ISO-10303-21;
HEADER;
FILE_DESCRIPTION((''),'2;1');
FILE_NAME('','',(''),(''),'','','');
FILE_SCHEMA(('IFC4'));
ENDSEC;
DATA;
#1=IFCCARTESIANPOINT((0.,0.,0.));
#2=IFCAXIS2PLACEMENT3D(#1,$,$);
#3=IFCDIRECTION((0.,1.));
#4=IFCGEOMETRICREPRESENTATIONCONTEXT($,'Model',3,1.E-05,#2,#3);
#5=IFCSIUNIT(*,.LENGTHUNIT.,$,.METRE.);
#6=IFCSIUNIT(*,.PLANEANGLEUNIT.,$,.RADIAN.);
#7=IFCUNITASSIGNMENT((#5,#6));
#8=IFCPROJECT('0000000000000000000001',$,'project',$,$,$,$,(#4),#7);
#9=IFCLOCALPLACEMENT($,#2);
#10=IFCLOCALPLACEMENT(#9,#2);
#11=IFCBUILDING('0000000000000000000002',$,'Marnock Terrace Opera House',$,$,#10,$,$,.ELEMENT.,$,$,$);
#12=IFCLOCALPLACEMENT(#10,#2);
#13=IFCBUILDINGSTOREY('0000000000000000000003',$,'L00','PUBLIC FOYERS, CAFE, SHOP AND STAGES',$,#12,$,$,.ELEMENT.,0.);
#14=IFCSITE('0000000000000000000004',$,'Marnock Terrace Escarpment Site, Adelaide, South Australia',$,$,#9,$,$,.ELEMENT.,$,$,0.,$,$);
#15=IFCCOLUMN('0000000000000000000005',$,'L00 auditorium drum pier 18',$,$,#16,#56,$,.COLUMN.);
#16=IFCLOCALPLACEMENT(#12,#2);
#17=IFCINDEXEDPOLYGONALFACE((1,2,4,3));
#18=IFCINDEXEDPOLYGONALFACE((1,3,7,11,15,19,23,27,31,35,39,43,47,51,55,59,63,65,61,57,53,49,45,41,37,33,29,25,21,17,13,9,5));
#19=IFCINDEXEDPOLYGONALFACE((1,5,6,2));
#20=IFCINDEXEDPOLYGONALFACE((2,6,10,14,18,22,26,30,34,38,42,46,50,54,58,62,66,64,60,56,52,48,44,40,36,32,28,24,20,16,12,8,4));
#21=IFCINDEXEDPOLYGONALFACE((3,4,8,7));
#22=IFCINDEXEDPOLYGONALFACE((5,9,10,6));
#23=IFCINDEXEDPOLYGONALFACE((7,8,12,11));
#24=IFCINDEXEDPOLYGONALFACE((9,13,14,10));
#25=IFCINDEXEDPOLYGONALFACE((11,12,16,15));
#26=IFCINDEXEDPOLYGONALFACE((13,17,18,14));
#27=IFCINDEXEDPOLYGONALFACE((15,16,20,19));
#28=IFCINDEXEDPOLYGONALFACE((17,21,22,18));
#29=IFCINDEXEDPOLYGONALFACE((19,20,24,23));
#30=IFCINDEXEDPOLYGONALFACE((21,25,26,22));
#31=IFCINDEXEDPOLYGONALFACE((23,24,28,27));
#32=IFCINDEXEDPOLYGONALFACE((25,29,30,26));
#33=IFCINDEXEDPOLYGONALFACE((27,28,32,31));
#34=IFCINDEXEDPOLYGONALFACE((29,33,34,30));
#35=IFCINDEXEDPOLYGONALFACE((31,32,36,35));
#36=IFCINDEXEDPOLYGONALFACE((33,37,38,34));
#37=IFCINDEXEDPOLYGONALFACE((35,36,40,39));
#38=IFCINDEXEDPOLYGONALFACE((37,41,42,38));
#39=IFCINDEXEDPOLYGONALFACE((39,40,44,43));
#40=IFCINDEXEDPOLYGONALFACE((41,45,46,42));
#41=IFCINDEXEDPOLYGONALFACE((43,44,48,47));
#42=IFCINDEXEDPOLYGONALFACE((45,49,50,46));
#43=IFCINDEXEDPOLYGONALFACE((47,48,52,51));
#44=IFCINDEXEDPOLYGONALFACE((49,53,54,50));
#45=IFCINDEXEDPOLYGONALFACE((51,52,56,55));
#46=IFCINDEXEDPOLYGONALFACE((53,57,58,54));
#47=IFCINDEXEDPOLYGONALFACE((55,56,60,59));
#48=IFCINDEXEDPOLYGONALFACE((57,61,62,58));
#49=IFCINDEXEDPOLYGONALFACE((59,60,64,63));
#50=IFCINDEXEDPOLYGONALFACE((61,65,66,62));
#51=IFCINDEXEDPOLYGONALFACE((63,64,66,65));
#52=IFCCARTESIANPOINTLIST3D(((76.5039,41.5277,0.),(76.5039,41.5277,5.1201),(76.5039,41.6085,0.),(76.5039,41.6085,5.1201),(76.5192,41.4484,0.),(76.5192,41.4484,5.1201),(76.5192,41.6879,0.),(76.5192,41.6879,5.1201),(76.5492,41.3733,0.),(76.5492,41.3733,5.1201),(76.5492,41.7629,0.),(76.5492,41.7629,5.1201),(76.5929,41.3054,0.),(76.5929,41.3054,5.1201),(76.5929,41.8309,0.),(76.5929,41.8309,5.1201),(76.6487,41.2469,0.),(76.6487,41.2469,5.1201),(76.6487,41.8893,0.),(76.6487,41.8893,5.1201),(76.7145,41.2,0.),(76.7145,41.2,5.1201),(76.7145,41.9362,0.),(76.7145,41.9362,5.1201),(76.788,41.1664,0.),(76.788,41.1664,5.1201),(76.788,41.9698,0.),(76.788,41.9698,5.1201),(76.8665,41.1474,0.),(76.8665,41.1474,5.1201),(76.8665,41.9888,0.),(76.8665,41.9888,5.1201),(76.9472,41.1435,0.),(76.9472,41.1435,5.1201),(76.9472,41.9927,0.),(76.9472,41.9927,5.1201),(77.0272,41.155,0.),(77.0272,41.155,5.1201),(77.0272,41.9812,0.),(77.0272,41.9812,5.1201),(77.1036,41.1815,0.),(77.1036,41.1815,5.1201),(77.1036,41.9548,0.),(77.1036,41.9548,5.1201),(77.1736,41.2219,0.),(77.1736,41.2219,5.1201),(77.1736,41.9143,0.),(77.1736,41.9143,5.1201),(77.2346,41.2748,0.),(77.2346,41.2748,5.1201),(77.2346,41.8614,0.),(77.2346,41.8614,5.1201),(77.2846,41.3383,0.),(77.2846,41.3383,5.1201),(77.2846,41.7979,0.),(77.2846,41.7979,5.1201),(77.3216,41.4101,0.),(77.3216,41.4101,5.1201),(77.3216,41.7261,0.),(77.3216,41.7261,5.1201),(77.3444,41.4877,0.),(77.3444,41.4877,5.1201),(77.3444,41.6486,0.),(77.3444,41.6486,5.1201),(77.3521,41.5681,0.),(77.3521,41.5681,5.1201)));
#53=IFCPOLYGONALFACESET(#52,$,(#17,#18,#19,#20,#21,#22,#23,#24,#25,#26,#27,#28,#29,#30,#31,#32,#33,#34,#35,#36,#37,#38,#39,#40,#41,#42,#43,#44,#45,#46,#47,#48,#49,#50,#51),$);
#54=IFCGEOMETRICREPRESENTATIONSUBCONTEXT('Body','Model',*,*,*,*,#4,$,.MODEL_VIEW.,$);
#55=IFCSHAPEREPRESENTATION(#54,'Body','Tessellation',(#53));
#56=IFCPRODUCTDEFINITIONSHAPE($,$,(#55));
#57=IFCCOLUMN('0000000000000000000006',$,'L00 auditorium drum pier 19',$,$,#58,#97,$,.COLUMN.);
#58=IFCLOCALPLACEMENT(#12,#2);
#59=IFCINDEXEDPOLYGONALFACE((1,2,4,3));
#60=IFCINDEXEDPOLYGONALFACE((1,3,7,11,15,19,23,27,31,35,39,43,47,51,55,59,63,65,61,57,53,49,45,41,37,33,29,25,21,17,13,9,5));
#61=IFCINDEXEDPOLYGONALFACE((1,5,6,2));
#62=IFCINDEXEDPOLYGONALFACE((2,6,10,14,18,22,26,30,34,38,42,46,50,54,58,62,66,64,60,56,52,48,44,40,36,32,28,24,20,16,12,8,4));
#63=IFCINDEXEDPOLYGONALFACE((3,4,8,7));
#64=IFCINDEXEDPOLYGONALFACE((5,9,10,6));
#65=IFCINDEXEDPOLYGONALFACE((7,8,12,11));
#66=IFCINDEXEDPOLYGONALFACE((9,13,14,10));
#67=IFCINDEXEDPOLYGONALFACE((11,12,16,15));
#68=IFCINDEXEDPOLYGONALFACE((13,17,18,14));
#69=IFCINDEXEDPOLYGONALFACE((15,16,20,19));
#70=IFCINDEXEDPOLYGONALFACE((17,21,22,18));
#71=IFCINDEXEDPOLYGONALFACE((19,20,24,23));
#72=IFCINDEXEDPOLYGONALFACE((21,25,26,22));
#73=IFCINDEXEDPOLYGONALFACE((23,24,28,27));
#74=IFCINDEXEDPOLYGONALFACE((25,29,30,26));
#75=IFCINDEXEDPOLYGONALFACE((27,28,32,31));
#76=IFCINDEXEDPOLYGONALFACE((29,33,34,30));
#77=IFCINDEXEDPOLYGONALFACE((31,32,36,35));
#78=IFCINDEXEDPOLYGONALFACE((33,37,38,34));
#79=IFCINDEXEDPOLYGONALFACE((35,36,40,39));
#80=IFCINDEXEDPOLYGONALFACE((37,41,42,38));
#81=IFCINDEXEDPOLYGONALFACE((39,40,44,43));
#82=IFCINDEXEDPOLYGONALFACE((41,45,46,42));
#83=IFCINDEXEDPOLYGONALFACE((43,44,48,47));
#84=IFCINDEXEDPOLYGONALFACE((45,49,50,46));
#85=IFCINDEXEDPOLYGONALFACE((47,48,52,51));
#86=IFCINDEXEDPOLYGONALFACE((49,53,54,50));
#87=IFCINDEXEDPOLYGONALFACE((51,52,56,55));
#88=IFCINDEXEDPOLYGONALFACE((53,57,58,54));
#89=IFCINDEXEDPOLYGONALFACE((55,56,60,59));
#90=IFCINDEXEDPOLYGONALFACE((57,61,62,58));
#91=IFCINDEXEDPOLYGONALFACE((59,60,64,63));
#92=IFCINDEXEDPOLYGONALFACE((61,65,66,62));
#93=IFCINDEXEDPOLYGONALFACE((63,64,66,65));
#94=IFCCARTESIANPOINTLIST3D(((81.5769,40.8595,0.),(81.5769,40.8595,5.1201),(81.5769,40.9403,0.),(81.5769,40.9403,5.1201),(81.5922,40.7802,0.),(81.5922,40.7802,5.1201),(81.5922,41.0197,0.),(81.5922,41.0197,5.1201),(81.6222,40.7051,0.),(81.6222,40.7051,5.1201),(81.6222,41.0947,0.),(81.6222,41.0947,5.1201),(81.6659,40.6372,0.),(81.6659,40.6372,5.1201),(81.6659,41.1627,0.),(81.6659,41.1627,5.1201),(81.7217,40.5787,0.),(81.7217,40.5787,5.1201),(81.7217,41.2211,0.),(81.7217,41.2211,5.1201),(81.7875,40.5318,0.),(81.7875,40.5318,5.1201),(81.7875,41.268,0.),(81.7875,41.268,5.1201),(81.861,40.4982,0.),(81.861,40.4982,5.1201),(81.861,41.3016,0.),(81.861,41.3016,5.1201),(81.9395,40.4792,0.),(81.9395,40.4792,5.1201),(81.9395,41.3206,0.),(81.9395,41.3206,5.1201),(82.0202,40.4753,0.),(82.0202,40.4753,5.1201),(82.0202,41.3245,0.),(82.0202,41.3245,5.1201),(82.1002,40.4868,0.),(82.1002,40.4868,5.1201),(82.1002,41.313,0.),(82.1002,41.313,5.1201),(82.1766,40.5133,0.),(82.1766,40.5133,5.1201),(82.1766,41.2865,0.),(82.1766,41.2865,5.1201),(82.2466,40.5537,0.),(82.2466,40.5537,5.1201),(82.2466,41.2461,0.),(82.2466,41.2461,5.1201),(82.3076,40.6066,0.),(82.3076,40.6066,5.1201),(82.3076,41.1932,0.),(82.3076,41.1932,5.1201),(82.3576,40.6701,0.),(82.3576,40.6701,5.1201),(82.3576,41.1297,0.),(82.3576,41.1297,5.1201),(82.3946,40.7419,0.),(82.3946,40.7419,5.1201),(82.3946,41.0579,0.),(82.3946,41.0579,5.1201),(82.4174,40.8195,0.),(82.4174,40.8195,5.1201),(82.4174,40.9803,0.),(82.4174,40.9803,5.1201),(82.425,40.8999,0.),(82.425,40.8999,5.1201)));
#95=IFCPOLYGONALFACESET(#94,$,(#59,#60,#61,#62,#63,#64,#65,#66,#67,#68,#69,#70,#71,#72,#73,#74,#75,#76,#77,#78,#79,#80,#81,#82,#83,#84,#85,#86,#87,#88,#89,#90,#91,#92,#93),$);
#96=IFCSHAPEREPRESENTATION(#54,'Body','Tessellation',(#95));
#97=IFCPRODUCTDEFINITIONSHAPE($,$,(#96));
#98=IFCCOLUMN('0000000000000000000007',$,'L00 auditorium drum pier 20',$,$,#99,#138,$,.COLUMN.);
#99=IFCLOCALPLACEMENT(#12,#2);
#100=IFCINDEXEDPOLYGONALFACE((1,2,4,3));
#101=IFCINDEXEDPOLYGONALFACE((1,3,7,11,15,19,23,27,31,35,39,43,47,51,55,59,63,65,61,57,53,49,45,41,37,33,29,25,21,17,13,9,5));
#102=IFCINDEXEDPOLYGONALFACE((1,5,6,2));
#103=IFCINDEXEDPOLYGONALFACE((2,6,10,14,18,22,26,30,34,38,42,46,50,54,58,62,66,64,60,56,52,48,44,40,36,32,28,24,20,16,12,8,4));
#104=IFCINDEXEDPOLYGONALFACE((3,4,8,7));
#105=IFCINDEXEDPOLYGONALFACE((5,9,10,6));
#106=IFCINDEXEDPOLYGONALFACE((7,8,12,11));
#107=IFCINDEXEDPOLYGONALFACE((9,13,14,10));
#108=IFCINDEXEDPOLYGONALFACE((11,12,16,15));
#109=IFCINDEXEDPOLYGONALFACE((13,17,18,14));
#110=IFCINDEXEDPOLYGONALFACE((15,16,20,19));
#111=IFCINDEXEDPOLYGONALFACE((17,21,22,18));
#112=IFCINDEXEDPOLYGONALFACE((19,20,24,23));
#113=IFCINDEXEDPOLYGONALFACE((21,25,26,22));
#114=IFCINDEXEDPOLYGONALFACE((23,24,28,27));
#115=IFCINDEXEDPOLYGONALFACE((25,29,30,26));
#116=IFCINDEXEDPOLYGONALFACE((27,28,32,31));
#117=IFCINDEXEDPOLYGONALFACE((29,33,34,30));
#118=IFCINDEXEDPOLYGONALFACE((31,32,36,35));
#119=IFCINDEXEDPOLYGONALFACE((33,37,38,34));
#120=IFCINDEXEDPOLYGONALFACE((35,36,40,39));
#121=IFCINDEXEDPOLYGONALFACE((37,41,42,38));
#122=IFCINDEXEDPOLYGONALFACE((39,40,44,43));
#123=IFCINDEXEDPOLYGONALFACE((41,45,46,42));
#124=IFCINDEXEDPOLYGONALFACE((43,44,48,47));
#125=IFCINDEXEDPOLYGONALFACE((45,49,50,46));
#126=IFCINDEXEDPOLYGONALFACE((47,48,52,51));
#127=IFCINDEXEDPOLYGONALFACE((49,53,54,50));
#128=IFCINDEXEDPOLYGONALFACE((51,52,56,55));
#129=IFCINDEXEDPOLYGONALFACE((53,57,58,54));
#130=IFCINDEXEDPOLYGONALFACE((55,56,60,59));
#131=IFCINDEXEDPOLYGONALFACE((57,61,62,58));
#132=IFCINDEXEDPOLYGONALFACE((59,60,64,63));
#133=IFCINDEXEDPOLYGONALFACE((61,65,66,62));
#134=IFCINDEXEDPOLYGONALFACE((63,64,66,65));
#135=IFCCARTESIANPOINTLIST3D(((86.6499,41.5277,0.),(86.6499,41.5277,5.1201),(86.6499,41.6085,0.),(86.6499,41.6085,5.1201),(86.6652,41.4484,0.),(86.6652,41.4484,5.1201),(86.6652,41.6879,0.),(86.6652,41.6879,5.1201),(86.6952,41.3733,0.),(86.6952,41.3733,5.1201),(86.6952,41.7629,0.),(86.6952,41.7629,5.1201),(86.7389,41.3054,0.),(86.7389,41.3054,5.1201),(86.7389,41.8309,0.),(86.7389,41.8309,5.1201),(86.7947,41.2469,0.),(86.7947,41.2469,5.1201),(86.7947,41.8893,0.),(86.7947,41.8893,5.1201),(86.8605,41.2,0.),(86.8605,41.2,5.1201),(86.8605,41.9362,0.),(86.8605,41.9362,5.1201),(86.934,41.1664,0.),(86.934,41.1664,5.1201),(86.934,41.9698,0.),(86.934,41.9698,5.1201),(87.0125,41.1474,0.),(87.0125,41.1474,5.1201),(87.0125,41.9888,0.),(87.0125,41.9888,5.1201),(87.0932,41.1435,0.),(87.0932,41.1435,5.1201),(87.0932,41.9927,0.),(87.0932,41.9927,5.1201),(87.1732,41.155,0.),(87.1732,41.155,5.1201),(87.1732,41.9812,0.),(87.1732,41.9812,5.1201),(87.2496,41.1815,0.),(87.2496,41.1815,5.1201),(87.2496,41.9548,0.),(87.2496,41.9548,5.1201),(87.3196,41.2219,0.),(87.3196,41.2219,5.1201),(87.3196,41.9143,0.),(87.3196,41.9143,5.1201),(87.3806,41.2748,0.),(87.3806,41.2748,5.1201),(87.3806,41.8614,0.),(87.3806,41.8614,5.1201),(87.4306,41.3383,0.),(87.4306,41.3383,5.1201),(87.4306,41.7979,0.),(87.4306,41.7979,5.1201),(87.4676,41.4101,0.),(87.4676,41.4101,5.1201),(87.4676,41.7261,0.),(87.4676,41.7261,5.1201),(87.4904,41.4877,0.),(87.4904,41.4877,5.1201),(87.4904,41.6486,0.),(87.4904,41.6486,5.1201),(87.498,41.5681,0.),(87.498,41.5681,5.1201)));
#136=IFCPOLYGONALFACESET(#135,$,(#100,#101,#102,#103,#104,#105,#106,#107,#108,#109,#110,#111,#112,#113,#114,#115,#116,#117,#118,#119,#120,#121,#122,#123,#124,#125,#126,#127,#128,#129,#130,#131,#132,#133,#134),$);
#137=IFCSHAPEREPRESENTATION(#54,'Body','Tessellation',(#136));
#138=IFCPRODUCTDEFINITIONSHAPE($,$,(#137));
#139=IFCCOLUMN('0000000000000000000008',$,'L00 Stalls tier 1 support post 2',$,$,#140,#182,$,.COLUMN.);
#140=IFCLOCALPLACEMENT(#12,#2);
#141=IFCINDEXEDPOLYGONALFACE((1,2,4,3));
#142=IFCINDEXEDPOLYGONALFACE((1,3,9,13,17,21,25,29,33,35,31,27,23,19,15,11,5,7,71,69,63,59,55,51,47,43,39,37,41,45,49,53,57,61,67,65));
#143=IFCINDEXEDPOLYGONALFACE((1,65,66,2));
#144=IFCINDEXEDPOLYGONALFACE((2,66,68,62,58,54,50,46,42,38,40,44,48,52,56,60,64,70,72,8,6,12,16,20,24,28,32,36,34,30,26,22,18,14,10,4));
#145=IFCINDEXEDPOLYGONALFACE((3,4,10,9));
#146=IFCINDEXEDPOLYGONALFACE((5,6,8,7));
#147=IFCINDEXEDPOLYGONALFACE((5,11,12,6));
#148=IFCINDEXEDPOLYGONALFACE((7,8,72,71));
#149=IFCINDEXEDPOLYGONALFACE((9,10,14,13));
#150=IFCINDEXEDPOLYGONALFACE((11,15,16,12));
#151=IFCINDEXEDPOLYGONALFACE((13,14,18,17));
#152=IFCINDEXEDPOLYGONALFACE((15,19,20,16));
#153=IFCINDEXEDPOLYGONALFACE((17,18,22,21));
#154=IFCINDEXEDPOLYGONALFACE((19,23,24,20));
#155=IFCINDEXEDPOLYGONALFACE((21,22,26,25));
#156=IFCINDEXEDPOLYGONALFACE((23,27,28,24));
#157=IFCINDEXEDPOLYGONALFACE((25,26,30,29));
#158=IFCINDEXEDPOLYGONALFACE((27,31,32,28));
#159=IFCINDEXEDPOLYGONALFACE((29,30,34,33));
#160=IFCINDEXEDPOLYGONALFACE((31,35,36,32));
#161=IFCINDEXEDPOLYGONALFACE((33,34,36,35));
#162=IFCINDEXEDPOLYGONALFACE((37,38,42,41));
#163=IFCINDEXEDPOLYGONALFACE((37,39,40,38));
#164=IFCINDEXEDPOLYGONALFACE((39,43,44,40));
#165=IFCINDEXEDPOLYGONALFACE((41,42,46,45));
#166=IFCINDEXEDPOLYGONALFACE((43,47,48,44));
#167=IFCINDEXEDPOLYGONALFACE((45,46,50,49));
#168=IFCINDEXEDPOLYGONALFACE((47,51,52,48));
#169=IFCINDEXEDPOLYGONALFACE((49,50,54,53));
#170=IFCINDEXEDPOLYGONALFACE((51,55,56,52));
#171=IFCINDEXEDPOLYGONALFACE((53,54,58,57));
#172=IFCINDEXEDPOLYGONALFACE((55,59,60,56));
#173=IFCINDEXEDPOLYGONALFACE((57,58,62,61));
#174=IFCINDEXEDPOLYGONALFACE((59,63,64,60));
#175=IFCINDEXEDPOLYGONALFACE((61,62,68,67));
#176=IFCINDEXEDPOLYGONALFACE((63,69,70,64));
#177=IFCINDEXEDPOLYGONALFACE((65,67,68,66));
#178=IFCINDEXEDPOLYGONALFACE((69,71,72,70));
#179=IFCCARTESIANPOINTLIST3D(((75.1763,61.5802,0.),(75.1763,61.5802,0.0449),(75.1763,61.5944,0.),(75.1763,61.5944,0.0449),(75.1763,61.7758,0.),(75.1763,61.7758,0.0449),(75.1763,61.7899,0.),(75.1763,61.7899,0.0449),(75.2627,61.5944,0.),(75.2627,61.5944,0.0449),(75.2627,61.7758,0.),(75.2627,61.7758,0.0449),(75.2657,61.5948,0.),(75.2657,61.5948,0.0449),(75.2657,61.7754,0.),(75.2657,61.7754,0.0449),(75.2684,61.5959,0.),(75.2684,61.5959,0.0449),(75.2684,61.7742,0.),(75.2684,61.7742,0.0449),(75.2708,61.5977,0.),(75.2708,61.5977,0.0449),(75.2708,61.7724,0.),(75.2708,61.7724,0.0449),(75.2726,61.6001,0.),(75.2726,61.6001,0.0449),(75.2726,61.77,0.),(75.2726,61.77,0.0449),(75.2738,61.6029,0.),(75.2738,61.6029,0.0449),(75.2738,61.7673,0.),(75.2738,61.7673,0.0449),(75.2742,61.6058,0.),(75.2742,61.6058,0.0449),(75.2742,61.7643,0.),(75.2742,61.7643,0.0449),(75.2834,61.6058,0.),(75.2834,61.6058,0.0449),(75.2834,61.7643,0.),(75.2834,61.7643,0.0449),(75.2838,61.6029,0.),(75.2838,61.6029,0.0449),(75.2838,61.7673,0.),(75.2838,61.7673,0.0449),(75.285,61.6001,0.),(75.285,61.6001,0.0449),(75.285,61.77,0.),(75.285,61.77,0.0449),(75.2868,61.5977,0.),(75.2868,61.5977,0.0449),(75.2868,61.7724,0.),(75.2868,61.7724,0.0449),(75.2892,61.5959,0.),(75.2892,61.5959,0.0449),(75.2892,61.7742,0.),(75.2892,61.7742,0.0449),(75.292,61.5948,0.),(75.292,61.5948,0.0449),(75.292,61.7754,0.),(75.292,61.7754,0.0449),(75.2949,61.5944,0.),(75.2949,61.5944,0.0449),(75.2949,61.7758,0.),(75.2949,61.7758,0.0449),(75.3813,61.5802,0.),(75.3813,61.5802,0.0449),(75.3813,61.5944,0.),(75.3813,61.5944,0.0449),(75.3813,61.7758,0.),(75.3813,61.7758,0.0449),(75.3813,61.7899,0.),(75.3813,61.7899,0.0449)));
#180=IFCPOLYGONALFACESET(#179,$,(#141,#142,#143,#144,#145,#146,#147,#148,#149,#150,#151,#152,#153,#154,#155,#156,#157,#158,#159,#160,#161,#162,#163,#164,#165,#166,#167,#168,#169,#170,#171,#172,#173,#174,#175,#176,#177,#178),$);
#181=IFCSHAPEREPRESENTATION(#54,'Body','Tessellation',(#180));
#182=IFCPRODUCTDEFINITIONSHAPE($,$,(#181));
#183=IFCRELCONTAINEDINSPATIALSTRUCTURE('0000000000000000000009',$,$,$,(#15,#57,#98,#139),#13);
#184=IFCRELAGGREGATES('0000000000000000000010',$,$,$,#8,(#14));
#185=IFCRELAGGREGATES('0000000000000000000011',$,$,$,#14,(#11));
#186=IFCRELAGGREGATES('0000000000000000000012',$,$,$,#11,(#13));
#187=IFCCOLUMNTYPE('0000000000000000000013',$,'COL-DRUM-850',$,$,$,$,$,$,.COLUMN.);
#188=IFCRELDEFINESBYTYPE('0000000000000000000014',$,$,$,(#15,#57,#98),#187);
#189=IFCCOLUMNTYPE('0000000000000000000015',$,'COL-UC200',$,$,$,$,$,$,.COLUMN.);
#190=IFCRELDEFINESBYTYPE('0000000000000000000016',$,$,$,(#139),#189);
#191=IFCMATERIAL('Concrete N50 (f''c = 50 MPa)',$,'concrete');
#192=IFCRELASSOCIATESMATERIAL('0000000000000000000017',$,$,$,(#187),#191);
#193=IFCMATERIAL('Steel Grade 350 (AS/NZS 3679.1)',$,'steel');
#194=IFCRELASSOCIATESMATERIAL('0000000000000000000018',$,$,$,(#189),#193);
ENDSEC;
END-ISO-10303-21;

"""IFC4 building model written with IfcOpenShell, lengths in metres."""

from ifc_helpers import new_model, si_unit, direction, frame, origin, origin_2d, place, context, subcontext, project, spatial, circle, i_section, extrude, material, material_profile, profile_set, type_object, element, save


model = new_model("IFC4")

# Units and contexts
model_context = context("Model", 3, precision=1e-05, world=origin(), true_north=direction((0.0, 1.0)))
body_context = subcontext(model_context, "Body", "Model", "MODEL_VIEW")
ifc_project = project(units=[si_unit("LENGTHUNIT", "METRE"), si_unit("PLANEANGLEUNIT", "RADIAN")], contexts=[model_context])

# Site, building, storey
site_placement = place(None, origin())
site = spatial("IfcSite", under=ifc_project, at=site_placement, Name="Marnock Terrace Escarpment Site, Adelaide, South Australia", CompositionType="ELEMENT", RefElevation=0.0)
building_placement = place(site_placement, origin())
building = spatial("IfcBuilding", under=site, at=building_placement, Name="Marnock Terrace Opera House", CompositionType="ELEMENT")
storey_placement = place(building_placement, origin())
storey = spatial("IfcBuildingStorey", under=building, at=storey_placement, Name="L00", Description="PUBLIC FOYERS, CAFE, SHOP AND STAGES", CompositionType="ELEMENT", Elevation=0.0)

# Columns
ifc_material_1 = material(Name="Concrete N50 (f'c = 50 MPa)", Category="concrete")
ifc_material_profile_1 = material_profile(ifc_material_1, circle(Radius=0.425, at=origin_2d()))
ifc_profile_set_1 = profile_set([ifc_material_profile_1], Name="Concrete N50 (f'c = 50 MPa)")
column_type_1 = type_object("IfcColumnType", Name="COL-DRUM-850", PredefinedType="COLUMN", material=ifc_profile_set_1)
for number, where, z_axis, x_axis, name in (
    (1, (76.927, 41.5681, 0.0), (0.0, 0.0, 1.0), (1.0, 0.0, 0.0), "L00 auditorium drum pier 18"),
    (2, (82.0, 40.8999, 0.0), (0.0, 0.0, 1.0), (1.0, 0.0, 0.0), "L00 auditorium drum pier 19"),
    (3, (87.073, 41.5681, 0.0), (0.0, 0.0, 1.0), (1.0, 0.0, 0.0), "L00 auditorium drum pier 20"),
):
    element("IfcColumn", number, at=place(storey_placement, frame(where, z_axis=z_axis, x_axis=x_axis)), inside=storey, type_object=column_type_1, Name=name, PredefinedType="COLUMN", context=body_context, shape_type="SweptSolid", body=[
        extrude(circle(Radius=0.425, at=origin_2d()), origin(), (0.0, 0.0, 1.0), 5.1201),
    ])
ifc_material_2 = material(Name="Steel Grade 350 (AS/NZS 3679.1)", Category="steel")
ifc_material_profile_2 = material_profile(ifc_material_2, i_section(OverallWidth=0.2051, OverallDepth=0.2097, WebThickness=0.0093, FlangeThickness=0.0142, FilletRadius=0.0115, at=origin_2d()))
ifc_profile_set_2 = profile_set([ifc_material_profile_2], Name="Steel Grade 350 (AS/NZS 3679.1)")
column_type_2 = type_object("IfcColumnType", Name="COL-UC200", PredefinedType="COLUMN", material=ifc_profile_set_2)
for number, where, z_axis, x_axis, name in (
    (4, (75.2788, 61.6851, 0.0), (0.0, 0.0, 1.0), (1.0, 0.0, 0.0), "L00 Stalls tier 1 support post 2"),
):
    element("IfcColumn", number, at=place(storey_placement, frame(where, z_axis=z_axis, x_axis=x_axis)), inside=storey, type_object=column_type_2, Name=name, PredefinedType="COLUMN", context=body_context, shape_type="SweptSolid", body=[
        extrude(i_section(OverallWidth=0.2051, OverallDepth=0.2097, WebThickness=0.0093, FlangeThickness=0.0142, FilletRadius=0.0115, at=origin_2d()), origin(), (0.0, 0.0, 1.0), 0.0449),
    ])

save(model, "model.ifc")
